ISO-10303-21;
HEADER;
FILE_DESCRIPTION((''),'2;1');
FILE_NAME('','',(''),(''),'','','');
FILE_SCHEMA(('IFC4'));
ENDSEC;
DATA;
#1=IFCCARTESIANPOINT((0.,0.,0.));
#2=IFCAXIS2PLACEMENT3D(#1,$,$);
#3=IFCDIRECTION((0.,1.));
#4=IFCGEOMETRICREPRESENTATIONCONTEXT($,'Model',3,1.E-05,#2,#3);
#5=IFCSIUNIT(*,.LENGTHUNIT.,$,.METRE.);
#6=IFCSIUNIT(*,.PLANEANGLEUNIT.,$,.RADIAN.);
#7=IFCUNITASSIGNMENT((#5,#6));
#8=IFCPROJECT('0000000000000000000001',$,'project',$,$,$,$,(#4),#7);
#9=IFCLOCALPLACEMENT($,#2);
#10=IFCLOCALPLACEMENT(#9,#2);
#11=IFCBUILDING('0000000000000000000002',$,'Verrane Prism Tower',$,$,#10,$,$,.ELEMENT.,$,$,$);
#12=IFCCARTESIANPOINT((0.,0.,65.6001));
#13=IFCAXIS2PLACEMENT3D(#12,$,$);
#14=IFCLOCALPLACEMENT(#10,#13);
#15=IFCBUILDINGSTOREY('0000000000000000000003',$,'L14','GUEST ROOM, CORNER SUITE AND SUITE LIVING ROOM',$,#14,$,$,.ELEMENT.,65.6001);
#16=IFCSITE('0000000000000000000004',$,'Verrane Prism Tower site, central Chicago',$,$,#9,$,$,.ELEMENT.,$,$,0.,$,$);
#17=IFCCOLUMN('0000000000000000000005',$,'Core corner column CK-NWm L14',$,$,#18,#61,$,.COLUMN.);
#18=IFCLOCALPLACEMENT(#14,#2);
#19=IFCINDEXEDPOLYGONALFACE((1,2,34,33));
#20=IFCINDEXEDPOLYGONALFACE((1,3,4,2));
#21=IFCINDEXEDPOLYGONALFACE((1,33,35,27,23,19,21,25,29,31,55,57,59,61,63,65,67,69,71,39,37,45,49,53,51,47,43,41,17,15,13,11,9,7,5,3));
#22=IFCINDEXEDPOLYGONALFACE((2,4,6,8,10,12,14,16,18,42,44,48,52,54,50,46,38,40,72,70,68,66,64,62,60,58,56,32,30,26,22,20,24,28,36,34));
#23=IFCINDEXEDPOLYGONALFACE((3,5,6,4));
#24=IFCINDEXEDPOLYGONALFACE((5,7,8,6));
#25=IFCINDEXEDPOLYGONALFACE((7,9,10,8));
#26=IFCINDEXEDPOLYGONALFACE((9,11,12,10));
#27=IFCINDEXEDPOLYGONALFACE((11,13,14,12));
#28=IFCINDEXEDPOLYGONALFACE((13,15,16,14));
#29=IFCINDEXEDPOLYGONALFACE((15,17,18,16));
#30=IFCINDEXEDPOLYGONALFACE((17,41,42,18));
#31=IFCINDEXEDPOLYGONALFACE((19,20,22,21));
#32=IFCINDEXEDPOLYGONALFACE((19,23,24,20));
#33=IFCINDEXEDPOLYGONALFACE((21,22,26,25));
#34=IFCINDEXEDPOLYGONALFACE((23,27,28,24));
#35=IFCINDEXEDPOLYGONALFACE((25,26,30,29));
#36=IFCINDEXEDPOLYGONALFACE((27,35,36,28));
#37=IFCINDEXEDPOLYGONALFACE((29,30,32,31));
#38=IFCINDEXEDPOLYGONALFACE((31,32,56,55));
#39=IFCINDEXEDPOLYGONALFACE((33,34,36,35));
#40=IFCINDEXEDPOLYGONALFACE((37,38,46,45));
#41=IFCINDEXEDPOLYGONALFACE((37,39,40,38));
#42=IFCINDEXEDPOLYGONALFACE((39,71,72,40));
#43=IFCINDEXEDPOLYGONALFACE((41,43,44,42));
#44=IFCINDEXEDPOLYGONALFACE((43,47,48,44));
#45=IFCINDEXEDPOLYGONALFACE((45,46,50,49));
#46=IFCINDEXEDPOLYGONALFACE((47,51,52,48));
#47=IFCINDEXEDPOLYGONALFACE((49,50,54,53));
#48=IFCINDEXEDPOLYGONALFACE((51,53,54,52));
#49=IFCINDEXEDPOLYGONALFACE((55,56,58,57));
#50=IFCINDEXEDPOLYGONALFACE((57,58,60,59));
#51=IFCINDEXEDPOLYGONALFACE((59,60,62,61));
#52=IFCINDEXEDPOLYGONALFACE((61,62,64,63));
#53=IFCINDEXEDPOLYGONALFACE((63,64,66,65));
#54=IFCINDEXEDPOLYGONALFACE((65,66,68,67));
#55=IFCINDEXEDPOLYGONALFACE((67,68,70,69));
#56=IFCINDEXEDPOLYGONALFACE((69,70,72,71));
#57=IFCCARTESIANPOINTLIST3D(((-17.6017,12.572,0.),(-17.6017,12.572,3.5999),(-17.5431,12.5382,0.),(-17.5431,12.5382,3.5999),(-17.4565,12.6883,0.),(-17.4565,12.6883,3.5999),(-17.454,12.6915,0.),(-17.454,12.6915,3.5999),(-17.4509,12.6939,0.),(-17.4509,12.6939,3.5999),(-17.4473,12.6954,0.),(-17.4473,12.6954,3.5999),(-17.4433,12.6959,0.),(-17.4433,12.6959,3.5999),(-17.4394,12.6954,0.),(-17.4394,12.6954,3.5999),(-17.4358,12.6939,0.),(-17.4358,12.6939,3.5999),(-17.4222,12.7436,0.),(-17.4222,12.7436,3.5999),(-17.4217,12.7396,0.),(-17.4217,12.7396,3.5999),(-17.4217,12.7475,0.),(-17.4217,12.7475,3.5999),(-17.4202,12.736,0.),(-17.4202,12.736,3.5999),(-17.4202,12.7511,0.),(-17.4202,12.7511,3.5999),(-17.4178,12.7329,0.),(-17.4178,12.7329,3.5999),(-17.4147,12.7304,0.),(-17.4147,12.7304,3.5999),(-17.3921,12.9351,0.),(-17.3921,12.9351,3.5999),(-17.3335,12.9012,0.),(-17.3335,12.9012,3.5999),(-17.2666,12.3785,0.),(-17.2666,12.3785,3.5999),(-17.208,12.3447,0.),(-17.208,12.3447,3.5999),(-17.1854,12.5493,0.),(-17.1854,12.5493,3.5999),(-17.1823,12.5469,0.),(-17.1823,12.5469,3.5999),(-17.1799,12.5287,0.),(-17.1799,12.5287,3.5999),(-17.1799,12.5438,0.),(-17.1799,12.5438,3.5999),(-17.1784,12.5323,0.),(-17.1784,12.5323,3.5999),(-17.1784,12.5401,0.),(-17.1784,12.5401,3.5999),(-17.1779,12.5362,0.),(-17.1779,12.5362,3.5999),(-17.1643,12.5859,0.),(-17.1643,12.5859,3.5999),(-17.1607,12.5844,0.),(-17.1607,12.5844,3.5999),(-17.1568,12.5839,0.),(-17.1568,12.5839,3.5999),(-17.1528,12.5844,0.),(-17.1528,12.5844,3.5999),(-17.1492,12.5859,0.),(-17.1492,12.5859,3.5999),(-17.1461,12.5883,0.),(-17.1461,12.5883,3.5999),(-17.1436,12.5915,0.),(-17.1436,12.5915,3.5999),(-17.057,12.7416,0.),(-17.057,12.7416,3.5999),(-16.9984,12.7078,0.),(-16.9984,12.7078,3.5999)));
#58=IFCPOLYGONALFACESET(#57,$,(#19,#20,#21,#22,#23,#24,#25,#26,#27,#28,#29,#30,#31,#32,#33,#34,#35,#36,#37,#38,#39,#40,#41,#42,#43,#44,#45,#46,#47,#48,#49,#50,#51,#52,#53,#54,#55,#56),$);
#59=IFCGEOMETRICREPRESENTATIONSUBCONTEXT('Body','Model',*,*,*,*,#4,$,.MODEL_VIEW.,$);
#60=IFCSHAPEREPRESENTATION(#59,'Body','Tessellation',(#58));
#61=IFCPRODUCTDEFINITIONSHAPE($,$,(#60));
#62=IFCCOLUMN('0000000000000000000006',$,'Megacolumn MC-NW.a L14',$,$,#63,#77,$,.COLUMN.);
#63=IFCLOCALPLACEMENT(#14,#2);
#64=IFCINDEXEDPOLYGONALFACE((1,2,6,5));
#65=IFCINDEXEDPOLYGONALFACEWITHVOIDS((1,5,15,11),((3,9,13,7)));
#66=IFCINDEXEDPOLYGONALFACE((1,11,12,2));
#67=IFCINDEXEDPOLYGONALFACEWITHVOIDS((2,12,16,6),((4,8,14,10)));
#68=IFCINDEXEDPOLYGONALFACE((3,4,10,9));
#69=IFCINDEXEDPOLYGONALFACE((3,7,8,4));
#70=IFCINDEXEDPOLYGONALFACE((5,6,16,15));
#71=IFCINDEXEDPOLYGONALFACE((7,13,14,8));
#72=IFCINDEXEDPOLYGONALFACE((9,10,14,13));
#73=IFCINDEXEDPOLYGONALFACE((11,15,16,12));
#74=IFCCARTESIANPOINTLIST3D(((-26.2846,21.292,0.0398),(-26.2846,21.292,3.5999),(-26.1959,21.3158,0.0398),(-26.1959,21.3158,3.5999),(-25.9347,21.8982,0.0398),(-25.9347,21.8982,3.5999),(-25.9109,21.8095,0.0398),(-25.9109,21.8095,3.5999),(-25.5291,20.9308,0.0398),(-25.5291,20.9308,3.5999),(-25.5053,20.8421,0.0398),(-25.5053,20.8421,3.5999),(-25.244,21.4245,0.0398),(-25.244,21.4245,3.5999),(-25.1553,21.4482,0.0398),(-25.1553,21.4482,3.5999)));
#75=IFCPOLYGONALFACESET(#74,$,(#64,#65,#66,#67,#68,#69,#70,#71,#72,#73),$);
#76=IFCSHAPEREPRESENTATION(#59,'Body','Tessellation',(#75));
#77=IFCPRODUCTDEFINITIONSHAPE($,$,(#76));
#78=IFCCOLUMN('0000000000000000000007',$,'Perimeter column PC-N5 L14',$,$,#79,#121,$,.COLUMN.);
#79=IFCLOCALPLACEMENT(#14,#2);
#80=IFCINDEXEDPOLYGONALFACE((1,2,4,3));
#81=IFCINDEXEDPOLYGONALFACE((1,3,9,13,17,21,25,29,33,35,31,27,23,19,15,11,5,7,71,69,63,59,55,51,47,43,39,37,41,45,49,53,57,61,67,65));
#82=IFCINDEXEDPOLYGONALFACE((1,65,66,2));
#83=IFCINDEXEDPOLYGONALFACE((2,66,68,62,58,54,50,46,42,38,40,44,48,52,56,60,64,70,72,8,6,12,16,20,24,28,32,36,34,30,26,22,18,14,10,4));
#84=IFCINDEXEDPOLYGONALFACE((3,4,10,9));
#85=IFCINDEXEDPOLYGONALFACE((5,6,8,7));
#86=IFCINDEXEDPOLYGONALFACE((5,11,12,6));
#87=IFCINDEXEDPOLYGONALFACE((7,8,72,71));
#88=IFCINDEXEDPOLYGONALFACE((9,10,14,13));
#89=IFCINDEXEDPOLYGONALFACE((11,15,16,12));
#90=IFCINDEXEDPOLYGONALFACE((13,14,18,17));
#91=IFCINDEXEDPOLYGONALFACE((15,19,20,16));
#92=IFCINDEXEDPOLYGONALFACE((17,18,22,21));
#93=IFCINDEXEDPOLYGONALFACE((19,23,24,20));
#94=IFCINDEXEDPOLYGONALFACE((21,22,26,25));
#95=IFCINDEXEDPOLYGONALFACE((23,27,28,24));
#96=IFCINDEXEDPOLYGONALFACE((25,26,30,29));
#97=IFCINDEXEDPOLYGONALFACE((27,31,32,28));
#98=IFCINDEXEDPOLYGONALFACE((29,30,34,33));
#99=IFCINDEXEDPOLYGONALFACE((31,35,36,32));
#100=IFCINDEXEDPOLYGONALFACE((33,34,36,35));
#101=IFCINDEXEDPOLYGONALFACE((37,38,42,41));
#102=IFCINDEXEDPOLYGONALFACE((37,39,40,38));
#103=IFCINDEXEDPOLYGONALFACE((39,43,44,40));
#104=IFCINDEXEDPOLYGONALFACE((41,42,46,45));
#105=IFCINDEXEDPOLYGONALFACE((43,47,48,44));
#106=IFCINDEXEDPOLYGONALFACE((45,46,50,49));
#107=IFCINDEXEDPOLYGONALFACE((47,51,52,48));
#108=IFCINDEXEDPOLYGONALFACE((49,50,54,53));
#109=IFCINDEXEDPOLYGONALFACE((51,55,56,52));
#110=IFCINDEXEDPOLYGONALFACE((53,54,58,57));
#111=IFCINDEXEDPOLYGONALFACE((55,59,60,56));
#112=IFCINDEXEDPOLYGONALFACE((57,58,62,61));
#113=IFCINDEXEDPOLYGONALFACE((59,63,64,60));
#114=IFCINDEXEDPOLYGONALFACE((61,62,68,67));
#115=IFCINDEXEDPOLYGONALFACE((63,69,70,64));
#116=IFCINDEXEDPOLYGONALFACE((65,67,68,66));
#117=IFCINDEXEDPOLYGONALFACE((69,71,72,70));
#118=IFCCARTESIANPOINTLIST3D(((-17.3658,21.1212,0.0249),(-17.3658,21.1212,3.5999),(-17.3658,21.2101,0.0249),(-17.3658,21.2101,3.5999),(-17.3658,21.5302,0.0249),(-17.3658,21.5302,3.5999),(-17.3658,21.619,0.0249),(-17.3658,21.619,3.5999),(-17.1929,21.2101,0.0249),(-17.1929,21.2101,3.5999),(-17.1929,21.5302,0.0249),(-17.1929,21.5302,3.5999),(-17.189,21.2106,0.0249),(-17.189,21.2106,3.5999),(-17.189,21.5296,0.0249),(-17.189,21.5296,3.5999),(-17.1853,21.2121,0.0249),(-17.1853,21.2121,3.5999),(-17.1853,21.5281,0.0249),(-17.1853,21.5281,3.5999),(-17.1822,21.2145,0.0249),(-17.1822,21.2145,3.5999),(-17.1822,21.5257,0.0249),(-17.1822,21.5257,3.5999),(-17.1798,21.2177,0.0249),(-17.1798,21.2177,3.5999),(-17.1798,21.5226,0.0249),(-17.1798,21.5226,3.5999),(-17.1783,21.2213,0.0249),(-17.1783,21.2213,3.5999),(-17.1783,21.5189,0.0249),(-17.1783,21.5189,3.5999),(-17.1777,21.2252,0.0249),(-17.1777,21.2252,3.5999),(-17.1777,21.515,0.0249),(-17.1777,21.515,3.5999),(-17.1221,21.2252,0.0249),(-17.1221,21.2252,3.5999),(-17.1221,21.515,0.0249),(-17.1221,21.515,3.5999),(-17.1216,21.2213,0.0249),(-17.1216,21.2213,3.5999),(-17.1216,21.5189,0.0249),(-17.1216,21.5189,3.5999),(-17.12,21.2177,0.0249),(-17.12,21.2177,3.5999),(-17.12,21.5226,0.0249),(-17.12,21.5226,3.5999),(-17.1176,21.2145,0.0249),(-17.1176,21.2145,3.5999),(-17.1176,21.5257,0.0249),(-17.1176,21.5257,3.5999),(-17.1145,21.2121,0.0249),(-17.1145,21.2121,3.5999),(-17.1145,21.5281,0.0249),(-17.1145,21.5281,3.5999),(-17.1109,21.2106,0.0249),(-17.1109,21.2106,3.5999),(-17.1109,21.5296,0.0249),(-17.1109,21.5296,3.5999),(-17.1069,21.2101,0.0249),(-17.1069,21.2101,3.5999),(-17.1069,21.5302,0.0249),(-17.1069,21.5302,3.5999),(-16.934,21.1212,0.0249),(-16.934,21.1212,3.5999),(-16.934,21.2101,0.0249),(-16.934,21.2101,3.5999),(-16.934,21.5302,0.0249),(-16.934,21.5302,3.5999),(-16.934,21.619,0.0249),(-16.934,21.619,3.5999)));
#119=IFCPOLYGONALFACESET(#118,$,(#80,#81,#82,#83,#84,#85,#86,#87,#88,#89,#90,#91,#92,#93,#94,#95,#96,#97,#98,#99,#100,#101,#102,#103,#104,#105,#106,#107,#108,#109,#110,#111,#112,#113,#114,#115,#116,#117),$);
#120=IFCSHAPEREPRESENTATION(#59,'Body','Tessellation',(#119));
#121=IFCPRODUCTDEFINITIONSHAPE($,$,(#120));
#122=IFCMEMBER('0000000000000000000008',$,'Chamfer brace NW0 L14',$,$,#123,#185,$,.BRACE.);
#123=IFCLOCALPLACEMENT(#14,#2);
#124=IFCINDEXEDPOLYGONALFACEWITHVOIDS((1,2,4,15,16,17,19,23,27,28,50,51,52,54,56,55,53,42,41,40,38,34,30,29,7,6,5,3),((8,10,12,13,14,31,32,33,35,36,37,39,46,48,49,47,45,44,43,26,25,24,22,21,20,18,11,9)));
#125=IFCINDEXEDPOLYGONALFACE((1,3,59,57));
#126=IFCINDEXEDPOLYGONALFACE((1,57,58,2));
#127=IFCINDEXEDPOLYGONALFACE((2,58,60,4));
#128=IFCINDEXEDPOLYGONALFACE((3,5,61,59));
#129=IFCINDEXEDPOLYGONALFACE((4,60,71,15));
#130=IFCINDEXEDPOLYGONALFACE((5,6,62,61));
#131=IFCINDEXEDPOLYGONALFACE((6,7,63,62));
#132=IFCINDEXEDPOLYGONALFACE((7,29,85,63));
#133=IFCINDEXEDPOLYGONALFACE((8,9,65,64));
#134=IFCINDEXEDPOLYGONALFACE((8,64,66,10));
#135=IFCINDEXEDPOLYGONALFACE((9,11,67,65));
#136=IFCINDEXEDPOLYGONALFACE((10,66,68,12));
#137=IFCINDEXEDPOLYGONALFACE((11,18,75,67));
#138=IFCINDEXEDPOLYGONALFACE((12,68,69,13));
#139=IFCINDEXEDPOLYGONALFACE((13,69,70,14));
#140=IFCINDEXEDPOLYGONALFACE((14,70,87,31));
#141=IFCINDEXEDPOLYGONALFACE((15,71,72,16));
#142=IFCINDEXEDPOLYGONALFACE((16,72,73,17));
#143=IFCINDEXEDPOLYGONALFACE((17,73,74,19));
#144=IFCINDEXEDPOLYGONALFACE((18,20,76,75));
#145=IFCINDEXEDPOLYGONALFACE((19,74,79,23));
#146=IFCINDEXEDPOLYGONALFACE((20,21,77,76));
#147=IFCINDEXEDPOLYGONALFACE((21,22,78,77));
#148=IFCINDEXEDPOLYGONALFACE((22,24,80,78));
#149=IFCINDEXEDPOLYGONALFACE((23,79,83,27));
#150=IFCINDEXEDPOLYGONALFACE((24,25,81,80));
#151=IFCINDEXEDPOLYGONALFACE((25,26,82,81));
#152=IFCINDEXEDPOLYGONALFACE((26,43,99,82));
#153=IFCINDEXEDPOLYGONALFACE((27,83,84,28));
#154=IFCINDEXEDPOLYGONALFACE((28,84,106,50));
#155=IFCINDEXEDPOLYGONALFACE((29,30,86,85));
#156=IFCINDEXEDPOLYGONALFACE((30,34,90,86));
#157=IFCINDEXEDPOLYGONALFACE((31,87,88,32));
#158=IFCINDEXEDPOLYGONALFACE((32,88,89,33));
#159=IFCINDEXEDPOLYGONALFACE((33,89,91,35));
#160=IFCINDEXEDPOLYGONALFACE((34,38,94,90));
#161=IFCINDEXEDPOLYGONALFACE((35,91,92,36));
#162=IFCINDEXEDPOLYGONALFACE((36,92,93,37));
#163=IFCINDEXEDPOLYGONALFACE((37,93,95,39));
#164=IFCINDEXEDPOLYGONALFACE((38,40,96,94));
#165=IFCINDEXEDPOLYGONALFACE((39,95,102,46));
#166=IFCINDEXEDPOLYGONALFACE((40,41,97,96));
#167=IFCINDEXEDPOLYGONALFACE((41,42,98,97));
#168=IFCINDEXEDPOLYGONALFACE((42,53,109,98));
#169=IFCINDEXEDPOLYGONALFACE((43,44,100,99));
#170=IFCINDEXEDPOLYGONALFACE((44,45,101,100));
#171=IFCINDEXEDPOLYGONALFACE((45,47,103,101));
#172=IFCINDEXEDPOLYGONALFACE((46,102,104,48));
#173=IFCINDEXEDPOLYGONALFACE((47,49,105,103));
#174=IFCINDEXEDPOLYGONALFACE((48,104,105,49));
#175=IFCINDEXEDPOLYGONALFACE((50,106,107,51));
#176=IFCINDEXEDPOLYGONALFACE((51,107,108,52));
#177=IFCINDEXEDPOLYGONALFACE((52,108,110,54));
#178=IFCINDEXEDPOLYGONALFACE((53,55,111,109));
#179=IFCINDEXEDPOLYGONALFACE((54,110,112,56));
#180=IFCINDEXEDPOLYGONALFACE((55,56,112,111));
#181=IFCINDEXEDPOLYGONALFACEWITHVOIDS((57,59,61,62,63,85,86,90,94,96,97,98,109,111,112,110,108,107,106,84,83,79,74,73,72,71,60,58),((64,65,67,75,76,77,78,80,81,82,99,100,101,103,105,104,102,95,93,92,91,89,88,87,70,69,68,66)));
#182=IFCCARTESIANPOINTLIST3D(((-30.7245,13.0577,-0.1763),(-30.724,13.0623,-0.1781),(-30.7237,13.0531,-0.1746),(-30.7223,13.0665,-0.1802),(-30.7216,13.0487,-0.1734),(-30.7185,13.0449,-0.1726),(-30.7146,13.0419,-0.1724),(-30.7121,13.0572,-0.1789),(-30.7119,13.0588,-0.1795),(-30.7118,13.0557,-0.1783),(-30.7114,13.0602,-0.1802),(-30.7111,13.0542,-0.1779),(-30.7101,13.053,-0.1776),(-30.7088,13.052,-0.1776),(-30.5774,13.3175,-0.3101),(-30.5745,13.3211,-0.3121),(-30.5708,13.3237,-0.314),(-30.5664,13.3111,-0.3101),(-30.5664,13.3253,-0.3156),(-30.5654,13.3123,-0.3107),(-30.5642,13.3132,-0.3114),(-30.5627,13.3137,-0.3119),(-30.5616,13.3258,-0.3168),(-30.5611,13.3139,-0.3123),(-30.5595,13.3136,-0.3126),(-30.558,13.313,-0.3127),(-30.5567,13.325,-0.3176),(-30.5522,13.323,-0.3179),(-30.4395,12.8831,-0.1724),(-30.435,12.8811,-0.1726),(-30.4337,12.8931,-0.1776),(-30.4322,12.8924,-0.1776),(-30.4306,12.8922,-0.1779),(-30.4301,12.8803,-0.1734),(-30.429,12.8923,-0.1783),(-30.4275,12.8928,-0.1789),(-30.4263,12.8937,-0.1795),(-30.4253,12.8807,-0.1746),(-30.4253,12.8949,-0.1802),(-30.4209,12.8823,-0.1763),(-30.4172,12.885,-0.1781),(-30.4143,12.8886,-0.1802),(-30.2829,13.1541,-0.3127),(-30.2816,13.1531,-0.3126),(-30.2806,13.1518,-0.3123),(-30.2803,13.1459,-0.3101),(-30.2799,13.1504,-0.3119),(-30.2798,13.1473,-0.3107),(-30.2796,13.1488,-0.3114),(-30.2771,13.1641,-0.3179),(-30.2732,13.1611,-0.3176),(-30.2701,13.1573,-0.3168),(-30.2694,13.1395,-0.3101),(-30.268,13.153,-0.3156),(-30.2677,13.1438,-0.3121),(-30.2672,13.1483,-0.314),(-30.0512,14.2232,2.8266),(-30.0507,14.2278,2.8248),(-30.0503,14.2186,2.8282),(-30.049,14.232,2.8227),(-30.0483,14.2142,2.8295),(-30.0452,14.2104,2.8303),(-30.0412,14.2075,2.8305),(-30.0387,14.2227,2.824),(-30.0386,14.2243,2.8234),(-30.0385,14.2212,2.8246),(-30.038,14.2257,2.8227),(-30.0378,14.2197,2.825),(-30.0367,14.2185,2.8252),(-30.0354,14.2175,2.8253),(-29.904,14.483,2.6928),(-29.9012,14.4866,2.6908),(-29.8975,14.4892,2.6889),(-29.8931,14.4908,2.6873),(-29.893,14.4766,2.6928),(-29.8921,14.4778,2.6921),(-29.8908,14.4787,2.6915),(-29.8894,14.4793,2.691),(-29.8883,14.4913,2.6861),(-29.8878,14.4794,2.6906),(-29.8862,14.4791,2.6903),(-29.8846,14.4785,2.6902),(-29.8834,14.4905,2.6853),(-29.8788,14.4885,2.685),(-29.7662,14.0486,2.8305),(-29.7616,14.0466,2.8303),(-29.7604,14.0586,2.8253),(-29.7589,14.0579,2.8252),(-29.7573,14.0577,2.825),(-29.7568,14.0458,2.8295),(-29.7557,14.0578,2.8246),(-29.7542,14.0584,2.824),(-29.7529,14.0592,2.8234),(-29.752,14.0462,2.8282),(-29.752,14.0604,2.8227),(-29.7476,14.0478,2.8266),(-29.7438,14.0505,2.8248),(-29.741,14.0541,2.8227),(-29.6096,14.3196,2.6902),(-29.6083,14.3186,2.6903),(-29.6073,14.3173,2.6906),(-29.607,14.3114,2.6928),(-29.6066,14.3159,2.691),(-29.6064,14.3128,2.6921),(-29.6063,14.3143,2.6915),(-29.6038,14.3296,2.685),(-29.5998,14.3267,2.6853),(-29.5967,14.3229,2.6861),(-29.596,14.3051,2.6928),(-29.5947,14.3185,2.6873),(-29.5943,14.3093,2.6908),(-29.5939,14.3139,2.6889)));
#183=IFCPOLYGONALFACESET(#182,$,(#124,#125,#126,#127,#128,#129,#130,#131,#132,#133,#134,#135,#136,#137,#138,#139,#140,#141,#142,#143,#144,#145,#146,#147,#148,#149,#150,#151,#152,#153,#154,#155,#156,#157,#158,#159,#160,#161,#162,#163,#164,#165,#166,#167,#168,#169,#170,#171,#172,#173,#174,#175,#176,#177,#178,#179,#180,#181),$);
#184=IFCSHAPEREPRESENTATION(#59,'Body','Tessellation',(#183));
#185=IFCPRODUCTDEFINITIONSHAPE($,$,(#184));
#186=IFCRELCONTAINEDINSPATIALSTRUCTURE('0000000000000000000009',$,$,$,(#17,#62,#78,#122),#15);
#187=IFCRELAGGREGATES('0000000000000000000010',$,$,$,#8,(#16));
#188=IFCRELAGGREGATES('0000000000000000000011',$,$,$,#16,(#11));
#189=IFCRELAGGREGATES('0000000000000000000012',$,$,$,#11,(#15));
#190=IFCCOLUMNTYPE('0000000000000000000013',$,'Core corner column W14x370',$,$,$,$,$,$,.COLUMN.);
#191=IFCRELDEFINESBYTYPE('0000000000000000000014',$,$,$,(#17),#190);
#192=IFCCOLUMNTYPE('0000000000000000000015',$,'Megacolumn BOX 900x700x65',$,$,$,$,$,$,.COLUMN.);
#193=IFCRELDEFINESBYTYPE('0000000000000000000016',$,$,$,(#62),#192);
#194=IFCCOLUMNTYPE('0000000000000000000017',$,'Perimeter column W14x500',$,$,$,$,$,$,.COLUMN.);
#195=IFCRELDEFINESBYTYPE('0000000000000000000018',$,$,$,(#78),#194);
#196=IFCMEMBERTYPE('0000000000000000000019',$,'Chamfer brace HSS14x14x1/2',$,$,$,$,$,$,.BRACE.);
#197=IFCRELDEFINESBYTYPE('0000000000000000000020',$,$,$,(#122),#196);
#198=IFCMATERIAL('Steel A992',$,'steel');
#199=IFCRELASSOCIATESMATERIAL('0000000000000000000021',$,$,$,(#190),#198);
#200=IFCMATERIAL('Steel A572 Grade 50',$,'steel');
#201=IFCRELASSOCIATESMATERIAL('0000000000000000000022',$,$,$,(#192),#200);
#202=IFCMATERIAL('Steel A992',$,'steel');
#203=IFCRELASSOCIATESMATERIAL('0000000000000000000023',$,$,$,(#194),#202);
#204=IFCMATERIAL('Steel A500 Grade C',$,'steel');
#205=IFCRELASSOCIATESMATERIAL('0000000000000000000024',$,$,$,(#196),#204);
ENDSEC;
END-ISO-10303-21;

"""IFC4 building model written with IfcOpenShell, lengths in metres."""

from ifc_helpers import new_model, si_unit, direction, frame, origin, origin_2d, place, context, subcontext, project, spatial, hollow_rectangle, i_section, extrude, material, material_profile, profile_set, type_object, element, save


model = new_model("IFC4")

# Units and contexts
model_context = context("Model", 3, precision=1e-05, world=origin(), true_north=direction((0.0, 1.0)))
body_context = subcontext(model_context, "Body", "Model", "MODEL_VIEW")
ifc_project = project(units=[si_unit("LENGTHUNIT", "METRE"), si_unit("PLANEANGLEUNIT", "RADIAN")], contexts=[model_context])

# Site, building, storey
site_placement = place(None, origin())
site = spatial("IfcSite", under=ifc_project, at=site_placement, Name="Verrane Prism Tower site, central Chicago", CompositionType="ELEMENT", RefElevation=0.0)
building_placement = place(site_placement, origin())
building = spatial("IfcBuilding", under=site, at=building_placement, Name="Verrane Prism Tower", CompositionType="ELEMENT")
storey_placement = place(building_placement, frame((0.0, 0.0, 65.6001)))
storey = spatial("IfcBuildingStorey", under=building, at=storey_placement, Name="L14", Description="GUEST ROOM, CORNER SUITE AND SUITE LIVING ROOM", CompositionType="ELEMENT", Elevation=65.6001)

# Columns
ifc_material_1 = material(Name="Steel A992", Category="steel")
ifc_material_profile_1 = material_profile(ifc_material_1, i_section(OverallWidth=0.4192, OverallDepth=0.4546, WebThickness=0.0422, FlangeThickness=0.0676, FilletRadius=0.0151, at=origin_2d()), Name="W14x370")
ifc_profile_set_1 = profile_set([ifc_material_profile_1], Name="Steel A992")
column_type_1 = type_object("IfcColumnType", Name="Core corner column W14x370", PredefinedType="COLUMN", material=ifc_profile_set_1)
column_1_placement = place(storey_placement, frame((-17.3, 12.6399, 0.0), z_axis=(0.0, 0.0, 1.0), x_axis=(0.5, 0.866025, 0.0)))
element("IfcColumn", 1, at=column_1_placement, inside=storey, type_object=column_type_1, Name="Core corner column CK-NWm L14", PredefinedType="COLUMN", context=body_context, shape_type="SweptSolid", body=[
    extrude(i_section(OverallWidth=0.4192, OverallDepth=0.4546, WebThickness=0.0422, FlangeThickness=0.0676, FilletRadius=0.0151, at=origin_2d()), origin(), (0.0, 0.0, 1.0), 3.5999),
])
ifc_material_2 = material(Name="Steel A572 Grade 50", Category="steel")
ifc_material_profile_2 = material_profile(ifc_material_2, hollow_rectangle(XDim=0.7, YDim=0.8999, WallThickness=0.0649, at=origin_2d()), Name="BOX 900x700x65")
ifc_profile_set_2 = profile_set([ifc_material_profile_2], Name="Steel A572 Grade 50")
column_type_2 = type_object("IfcColumnType", Name="Megacolumn BOX 900x700x65", PredefinedType="COLUMN", material=ifc_profile_set_2)
column_2_placement = place(storey_placement, frame((-25.72, 21.3701, 0.0398), z_axis=(0.0, 0.0, 1.0), x_axis=(0.5, 0.866025, 0.0)))
element("IfcColumn", 2, at=column_2_placement, inside=storey, type_object=column_type_2, Name="Megacolumn MC-NW.a L14", PredefinedType="COLUMN", context=body_context, shape_type="SweptSolid", body=[
    extrude(hollow_rectangle(XDim=0.7, YDim=0.8999, WallThickness=0.0649, at=origin_2d()), origin(), (0.0, 0.0, 1.0), 3.5601),
])
ifc_material_3 = material(Name="Steel A992", Category="steel")
ifc_material_profile_3 = material_profile(ifc_material_3, i_section(OverallWidth=0.4319, OverallDepth=0.4978, WebThickness=0.0557, FlangeThickness=0.0889, FilletRadius=0.0151, at=origin_2d()), Name="W14x500")
ifc_profile_set_3 = profile_set([ifc_material_profile_3], Name="Steel A992")
column_type_3 = type_object("IfcColumnType", Name="Perimeter column W14x500", PredefinedType="COLUMN", material=ifc_profile_set_3)
column_3_placement = place(storey_placement, frame((-17.1499, 21.3701, 0.0249), z_axis=(0.0, 0.0, 1.0), x_axis=(1.0, 0.0, 0.0)))
element("IfcColumn", 3, at=column_3_placement, inside=storey, type_object=column_type_3, Name="Perimeter column PC-N5 L14", PredefinedType="COLUMN", context=body_context, shape_type="SweptSolid", body=[
    extrude(i_section(OverallWidth=0.4319, OverallDepth=0.4978, WebThickness=0.0557, FlangeThickness=0.0889, FilletRadius=0.0151, at=origin_2d()), origin(), (0.0, 0.0, 1.0), 3.575),
])

# Member
ifc_material_4 = material(Name="Steel A500 Grade C", Category="steel")
ifc_material_profile_4 = material_profile(ifc_material_4, hollow_rectangle(XDim=0.3557, YDim=0.3557, WallThickness=0.0127, InnerFilletRadius=0.0063, OuterFilletRadius=0.019, at=origin_2d()), Name="HSS14x14x1/2")
ifc_profile_set_4 = profile_set([ifc_material_profile_4], Name="Steel A500 Grade C")
member_type_1 = type_object("IfcMemberType", Name="Chamfer brace HSS14x14x1/2", PredefinedType="BRACE", material=ifc_profile_set_4)
member_1_placement = place(storey_placement, frame((-30.4958, 13.103, -0.2451), z_axis=(0.204612, 0.354176, 0.91252), x_axis=(-0.86589, 0.500235, 0.0)))
element("IfcMember", 4, at=member_1_placement, inside=storey, type_object=member_type_1, Name="Chamfer brace NW0 L14", PredefinedType="BRACE", context=body_context, shape_type="SweptSolid", body=[
    extrude(hollow_rectangle(XDim=0.3557, YDim=0.3557, WallThickness=0.0127, InnerFilletRadius=0.0063, OuterFilletRadius=0.019, at=origin_2d()), origin(), (0.0, 0.0, 1.0), 3.2908),
])

save(model, "model.ifc")
